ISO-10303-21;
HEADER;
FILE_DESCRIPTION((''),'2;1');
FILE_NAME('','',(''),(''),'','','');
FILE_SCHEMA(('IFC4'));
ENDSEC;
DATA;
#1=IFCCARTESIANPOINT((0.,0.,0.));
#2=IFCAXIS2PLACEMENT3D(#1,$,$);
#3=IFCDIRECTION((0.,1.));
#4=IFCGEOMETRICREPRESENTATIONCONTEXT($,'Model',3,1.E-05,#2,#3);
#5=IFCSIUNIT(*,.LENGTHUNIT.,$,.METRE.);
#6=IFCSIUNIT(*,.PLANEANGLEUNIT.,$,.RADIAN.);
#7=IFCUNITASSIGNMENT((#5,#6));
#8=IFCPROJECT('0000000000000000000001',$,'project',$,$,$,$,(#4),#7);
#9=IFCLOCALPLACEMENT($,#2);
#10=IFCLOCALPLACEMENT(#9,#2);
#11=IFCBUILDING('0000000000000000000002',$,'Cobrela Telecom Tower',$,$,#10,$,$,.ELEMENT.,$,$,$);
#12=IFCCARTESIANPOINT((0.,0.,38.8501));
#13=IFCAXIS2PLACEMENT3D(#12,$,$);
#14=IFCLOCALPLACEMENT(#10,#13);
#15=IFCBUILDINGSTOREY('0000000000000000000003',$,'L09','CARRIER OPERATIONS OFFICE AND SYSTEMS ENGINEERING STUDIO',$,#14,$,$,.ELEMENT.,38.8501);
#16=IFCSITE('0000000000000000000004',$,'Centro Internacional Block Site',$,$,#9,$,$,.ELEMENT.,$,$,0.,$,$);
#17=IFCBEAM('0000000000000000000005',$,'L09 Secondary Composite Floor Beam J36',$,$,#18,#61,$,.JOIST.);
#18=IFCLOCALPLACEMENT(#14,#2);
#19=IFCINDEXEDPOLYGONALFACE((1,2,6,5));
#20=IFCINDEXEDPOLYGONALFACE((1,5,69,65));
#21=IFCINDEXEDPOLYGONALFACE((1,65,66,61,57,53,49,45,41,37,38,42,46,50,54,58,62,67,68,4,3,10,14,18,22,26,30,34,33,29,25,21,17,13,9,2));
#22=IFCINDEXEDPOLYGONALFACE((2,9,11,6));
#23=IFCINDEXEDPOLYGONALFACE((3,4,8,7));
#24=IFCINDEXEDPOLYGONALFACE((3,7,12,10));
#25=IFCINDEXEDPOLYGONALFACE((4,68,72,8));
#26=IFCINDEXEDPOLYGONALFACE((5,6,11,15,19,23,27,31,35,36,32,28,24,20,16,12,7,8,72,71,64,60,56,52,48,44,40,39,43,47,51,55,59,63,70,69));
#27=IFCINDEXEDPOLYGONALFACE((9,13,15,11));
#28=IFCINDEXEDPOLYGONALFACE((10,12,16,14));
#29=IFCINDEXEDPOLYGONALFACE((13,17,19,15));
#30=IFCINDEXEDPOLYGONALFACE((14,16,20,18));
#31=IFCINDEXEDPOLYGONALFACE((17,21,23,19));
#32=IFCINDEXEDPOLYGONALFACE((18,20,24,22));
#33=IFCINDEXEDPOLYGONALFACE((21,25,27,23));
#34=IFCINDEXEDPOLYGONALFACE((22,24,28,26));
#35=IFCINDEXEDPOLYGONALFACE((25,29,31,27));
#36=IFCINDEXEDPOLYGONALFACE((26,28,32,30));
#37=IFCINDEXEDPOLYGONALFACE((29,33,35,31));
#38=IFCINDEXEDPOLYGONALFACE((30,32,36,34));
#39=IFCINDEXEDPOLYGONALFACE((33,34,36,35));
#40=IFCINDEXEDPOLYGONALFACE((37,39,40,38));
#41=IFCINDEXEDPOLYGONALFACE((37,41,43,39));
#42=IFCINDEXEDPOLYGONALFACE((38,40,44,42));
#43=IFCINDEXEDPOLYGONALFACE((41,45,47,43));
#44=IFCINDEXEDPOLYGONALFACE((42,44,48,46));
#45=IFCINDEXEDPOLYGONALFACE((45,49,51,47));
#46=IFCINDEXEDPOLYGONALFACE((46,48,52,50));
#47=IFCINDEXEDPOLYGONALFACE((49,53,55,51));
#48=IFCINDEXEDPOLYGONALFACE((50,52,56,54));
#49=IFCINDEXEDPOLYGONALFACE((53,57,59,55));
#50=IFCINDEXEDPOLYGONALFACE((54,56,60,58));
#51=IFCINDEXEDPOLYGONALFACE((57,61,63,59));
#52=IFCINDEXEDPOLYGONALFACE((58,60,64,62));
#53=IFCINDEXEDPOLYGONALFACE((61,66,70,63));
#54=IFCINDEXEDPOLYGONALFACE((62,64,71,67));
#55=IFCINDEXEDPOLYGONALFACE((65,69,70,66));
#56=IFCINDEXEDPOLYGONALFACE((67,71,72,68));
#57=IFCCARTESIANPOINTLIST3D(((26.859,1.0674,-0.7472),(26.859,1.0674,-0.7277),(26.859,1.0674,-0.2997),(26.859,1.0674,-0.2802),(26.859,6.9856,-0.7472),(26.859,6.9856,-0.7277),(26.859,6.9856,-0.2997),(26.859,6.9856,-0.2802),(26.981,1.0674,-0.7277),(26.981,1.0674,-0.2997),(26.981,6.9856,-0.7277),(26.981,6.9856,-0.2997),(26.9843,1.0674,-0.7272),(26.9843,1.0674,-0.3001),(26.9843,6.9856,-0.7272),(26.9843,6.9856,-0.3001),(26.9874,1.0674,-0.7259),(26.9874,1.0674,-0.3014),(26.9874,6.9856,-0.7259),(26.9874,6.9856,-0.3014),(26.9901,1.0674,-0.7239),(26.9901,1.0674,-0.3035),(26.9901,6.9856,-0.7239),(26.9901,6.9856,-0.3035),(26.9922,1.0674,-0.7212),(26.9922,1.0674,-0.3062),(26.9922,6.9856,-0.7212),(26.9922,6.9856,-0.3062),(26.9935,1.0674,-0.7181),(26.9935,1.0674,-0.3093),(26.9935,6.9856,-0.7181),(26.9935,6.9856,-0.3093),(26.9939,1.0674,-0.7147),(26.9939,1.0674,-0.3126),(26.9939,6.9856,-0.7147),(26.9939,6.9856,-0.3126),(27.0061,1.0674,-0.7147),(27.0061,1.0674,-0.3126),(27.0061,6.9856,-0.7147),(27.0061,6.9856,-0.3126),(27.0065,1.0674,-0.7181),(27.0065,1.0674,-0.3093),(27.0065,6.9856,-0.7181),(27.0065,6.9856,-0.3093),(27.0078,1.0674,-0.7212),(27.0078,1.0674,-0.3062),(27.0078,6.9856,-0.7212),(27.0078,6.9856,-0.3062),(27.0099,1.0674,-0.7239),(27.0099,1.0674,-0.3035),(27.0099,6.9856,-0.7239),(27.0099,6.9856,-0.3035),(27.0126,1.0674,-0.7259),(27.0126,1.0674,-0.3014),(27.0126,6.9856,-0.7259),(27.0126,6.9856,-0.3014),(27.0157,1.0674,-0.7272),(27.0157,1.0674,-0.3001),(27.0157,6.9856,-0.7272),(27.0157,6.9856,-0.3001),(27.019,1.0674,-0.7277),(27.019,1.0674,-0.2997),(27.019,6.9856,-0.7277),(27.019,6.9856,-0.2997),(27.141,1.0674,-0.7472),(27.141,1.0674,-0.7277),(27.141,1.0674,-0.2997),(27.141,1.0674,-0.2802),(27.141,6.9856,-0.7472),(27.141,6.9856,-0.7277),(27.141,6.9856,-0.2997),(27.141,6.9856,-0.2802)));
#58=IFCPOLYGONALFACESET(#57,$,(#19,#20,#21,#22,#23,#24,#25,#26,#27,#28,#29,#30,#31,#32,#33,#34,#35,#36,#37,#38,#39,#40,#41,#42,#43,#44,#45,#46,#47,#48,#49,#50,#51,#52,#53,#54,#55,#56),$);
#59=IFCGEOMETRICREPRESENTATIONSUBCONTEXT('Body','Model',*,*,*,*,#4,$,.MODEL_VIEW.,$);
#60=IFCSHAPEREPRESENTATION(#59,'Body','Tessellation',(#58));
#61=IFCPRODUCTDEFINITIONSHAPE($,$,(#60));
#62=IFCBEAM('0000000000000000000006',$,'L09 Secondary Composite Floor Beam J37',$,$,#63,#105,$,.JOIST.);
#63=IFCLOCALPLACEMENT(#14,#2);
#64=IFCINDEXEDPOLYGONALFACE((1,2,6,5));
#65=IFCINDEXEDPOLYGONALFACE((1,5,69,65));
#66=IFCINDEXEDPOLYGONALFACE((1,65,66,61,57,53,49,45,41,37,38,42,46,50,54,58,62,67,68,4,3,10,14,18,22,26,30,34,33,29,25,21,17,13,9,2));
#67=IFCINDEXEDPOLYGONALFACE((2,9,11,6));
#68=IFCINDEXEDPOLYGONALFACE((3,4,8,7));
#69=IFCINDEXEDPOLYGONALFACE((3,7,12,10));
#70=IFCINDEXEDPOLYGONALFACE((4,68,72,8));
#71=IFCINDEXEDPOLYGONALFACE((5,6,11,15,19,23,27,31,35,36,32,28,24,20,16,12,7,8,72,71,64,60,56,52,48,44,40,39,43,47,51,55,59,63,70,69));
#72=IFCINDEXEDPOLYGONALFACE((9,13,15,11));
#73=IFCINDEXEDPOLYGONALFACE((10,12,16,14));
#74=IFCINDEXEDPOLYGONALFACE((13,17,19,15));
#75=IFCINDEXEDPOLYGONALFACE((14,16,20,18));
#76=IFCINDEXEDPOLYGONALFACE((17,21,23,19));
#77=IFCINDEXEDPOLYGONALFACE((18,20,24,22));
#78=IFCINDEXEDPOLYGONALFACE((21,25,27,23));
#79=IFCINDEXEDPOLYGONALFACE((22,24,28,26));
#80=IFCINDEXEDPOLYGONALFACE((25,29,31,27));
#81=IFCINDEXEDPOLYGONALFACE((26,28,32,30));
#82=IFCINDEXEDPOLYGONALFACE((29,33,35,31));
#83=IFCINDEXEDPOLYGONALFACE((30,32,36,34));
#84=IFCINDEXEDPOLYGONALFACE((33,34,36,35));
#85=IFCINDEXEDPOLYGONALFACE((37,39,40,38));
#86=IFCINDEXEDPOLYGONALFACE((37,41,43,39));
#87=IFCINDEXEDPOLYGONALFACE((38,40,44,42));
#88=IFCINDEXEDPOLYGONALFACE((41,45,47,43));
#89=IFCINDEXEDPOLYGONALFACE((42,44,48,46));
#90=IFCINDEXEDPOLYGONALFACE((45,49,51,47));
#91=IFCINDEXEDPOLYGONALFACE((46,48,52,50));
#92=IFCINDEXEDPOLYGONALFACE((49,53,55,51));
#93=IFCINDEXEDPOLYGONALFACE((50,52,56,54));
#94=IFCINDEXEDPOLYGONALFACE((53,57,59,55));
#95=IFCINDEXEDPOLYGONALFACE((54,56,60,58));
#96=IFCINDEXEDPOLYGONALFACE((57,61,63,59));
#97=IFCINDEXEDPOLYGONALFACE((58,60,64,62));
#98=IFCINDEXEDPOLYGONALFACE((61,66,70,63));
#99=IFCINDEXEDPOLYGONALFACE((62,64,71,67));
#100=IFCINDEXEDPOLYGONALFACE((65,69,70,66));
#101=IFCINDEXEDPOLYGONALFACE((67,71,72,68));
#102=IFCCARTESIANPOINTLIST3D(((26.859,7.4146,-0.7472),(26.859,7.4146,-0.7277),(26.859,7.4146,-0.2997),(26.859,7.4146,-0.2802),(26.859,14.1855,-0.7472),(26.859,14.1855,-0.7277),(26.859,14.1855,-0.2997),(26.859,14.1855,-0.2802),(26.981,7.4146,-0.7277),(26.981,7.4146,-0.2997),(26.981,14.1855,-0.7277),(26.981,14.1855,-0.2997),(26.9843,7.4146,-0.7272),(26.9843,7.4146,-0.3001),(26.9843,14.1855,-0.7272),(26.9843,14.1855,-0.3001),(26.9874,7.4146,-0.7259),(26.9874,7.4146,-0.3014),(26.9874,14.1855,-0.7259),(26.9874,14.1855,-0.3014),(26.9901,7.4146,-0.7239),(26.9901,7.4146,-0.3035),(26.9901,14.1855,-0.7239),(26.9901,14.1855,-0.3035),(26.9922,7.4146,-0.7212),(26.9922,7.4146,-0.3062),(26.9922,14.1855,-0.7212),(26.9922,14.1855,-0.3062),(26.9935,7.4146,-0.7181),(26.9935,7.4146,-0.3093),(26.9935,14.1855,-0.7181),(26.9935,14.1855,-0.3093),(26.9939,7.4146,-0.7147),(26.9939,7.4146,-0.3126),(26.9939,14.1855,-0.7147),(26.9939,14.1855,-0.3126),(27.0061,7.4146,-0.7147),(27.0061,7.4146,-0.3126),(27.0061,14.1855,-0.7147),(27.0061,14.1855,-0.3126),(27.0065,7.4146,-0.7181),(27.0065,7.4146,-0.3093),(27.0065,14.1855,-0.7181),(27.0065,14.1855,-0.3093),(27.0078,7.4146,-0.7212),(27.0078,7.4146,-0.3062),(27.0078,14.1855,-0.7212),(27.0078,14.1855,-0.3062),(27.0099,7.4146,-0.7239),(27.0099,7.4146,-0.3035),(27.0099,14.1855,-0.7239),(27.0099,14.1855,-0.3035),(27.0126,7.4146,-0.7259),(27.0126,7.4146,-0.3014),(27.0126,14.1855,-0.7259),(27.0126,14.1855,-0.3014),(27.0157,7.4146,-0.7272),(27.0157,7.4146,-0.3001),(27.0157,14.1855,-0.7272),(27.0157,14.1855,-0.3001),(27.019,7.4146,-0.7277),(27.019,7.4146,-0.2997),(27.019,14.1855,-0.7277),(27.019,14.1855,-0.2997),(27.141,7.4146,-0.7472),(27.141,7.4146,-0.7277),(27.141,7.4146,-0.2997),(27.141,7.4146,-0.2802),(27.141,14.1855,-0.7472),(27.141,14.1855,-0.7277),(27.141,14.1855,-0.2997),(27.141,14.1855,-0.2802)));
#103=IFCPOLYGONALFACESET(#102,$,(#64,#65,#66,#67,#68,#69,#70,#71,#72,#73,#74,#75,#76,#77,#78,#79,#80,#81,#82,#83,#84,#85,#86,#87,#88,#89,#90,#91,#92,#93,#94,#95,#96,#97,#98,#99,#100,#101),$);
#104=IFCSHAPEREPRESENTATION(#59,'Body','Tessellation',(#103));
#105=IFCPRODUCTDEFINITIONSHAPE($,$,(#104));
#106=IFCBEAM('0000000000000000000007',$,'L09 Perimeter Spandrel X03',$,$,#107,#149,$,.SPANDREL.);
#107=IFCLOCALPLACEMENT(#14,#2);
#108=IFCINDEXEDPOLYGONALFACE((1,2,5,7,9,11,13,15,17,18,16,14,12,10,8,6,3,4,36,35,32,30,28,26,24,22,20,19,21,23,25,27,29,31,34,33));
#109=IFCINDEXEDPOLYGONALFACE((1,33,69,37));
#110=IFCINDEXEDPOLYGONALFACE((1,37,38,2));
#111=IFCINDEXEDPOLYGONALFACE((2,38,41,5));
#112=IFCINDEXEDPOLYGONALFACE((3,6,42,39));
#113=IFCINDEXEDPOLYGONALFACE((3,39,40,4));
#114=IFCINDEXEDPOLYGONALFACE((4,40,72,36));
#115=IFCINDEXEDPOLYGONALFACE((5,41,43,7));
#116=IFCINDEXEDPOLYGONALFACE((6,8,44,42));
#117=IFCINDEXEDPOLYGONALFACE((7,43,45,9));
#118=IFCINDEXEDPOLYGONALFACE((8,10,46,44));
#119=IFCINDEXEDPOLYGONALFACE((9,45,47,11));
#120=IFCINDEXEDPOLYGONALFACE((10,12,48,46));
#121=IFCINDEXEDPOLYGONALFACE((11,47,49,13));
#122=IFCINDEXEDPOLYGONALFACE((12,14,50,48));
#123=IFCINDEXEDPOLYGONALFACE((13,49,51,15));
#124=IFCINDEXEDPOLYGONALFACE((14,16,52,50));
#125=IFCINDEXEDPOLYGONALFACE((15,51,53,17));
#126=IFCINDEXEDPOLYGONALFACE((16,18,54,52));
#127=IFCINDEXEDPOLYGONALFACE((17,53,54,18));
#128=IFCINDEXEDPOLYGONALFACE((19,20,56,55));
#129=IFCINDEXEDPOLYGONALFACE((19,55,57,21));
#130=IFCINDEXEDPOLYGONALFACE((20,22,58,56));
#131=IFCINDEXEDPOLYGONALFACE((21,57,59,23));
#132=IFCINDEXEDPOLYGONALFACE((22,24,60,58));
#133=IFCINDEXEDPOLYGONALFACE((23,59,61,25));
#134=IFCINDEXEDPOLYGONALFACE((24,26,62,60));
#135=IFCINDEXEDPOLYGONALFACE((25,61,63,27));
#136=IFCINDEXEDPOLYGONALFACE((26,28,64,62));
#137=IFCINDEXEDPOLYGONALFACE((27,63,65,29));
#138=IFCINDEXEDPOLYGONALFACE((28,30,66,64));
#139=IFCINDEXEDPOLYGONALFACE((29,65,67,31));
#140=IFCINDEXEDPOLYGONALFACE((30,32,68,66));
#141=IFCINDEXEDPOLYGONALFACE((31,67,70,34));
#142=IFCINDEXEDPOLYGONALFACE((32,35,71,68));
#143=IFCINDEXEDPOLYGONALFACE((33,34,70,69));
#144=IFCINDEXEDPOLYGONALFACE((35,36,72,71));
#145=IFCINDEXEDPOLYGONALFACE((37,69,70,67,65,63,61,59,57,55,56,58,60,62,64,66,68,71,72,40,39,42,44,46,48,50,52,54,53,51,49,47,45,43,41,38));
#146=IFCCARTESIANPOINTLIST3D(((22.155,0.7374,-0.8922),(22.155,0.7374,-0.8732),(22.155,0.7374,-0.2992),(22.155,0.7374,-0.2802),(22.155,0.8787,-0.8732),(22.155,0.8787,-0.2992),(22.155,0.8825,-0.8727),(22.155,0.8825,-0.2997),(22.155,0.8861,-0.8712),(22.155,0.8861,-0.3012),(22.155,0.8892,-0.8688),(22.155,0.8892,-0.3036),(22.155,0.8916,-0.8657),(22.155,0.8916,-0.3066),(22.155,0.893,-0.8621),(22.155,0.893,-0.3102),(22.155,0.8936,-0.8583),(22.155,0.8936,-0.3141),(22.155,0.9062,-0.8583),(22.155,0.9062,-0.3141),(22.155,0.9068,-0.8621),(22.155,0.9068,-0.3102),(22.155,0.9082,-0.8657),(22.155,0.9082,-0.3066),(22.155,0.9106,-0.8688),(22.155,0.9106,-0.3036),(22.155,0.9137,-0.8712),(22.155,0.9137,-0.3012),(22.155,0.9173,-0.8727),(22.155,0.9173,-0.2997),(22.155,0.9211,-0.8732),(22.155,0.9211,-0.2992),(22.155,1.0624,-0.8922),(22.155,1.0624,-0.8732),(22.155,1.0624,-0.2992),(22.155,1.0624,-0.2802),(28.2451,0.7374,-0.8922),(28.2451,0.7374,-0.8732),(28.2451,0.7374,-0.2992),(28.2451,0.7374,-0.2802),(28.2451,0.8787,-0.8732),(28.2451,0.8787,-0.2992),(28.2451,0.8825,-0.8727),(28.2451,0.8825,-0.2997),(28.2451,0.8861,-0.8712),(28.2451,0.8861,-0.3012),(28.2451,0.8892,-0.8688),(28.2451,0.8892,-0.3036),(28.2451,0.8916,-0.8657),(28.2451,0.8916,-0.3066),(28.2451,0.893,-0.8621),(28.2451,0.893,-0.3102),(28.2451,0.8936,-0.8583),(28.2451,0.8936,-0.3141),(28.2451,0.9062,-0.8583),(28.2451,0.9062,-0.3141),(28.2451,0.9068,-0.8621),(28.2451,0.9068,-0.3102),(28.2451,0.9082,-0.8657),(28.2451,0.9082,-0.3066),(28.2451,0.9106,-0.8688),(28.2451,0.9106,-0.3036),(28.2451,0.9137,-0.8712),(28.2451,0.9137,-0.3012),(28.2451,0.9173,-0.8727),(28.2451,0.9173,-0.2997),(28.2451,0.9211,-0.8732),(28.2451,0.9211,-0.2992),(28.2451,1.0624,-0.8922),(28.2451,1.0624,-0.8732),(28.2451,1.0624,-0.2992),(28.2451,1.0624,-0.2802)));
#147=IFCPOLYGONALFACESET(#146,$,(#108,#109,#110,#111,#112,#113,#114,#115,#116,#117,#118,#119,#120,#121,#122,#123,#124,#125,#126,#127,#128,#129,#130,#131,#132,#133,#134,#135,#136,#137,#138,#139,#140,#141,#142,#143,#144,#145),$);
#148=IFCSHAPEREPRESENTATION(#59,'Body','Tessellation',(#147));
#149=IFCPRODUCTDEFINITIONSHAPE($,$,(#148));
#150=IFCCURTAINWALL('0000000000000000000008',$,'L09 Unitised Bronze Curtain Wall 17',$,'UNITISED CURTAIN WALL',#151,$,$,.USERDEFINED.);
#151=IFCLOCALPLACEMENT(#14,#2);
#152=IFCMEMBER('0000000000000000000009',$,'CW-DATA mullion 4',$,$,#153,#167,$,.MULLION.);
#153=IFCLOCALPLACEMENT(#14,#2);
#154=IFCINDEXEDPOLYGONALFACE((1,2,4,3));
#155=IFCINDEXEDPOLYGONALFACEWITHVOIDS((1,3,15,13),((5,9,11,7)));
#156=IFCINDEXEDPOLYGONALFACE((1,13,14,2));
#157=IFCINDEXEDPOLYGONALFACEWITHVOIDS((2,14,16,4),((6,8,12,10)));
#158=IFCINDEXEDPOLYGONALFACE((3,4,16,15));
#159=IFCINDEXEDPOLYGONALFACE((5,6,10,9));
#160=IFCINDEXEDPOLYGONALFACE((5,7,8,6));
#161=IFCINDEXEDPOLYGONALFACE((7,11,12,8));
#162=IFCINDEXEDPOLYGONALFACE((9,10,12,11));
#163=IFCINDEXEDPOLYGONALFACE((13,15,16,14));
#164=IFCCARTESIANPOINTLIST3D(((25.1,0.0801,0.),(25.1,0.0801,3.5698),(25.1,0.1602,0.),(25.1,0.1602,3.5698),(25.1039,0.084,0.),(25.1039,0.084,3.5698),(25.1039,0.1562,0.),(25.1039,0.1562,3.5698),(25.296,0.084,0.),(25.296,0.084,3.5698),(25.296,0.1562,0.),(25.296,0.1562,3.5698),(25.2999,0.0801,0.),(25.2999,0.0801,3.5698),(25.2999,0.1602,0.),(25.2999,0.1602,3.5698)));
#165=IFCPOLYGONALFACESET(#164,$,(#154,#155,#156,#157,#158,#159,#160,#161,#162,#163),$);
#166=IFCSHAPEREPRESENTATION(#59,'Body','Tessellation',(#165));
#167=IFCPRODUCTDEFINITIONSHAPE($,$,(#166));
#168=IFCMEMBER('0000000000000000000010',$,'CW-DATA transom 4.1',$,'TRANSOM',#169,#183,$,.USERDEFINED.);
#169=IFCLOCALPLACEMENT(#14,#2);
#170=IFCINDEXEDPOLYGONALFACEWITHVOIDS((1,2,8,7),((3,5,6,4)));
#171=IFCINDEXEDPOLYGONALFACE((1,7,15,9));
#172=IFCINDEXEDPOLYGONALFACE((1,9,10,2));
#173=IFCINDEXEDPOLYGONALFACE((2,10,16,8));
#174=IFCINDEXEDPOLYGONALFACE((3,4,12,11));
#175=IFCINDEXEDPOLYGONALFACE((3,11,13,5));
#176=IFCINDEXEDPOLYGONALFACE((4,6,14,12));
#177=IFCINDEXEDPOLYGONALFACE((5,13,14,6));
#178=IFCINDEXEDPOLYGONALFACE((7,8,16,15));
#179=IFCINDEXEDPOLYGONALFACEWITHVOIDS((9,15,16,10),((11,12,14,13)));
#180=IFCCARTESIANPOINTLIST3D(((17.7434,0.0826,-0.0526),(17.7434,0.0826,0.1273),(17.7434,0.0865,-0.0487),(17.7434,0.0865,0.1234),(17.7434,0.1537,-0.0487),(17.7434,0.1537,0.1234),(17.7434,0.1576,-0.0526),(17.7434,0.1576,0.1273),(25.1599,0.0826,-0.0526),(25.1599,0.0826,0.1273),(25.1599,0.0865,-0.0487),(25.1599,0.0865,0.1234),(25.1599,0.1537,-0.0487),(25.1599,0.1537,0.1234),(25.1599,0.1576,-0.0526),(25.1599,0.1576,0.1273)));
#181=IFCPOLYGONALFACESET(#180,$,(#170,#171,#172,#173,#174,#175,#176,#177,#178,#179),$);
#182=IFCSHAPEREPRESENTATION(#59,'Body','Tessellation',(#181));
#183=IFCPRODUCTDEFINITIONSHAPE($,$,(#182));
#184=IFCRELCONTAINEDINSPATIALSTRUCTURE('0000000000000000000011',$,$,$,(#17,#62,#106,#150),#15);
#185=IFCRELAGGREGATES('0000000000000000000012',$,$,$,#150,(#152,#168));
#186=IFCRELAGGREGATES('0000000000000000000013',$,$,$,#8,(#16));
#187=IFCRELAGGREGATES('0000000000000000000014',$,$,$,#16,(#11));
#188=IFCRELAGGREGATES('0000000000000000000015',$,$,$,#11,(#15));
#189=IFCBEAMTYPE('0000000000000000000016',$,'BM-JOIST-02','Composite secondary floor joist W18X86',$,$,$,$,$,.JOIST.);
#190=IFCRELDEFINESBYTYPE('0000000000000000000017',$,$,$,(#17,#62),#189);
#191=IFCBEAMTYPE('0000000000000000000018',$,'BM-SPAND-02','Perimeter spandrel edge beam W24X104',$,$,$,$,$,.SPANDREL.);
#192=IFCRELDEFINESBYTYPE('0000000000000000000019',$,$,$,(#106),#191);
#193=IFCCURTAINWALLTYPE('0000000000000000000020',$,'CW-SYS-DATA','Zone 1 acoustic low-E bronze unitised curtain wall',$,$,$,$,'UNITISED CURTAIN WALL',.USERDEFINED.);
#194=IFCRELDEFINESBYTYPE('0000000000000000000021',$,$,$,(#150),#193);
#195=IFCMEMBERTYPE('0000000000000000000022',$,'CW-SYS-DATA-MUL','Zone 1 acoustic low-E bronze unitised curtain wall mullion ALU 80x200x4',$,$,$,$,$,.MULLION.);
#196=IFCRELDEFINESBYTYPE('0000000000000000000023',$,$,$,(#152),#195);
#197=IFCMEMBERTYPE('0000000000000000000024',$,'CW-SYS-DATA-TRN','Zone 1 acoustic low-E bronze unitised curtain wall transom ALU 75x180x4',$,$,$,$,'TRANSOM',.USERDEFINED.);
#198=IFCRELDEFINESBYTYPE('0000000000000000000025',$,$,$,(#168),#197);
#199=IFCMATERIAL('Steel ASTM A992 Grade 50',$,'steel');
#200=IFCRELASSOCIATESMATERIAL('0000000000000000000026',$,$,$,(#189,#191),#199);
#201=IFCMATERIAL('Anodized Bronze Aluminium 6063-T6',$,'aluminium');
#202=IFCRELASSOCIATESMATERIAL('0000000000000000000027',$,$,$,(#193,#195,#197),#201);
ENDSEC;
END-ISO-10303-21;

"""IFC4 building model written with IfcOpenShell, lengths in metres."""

from ifc_helpers import new_model, si_unit, direction, frame, origin, origin_2d, place, context, subcontext, project, spatial, hollow_rectangle, i_section, extrude, material, material_profile, profile_set, type_object, element, aggregate, save


model = new_model("IFC4")

# Units and contexts
model_context = context("Model", 3, precision=1e-05, world=origin(), true_north=direction((0.0, 1.0)))
body_context = subcontext(model_context, "Body", "Model", "MODEL_VIEW")
ifc_project = project(units=[si_unit("LENGTHUNIT", "METRE"), si_unit("PLANEANGLEUNIT", "RADIAN")], contexts=[model_context])

# Site, building, storey
site_placement = place(None, origin())
site = spatial("IfcSite", under=ifc_project, at=site_placement, Name="Centro Internacional Block Site", CompositionType="ELEMENT", RefElevation=0.0)
building_placement = place(site_placement, origin())
building = spatial("IfcBuilding", under=site, at=building_placement, Name="Cobrela Telecom Tower", CompositionType="ELEMENT")
storey_placement = place(building_placement, frame((0.0, 0.0, 38.8501)))
storey = spatial("IfcBuildingStorey", under=building, at=storey_placement, Name="L09", Description="CARRIER OPERATIONS OFFICE AND SYSTEMS ENGINEERING STUDIO", CompositionType="ELEMENT", Elevation=38.8501)

# Shared definitions
ifc_material_1 = material(Name="Steel ASTM A992 Grade 50", Category="steel")

# Beams
ifc_material_profile_1 = material_profile(ifc_material_1, i_section(OverallWidth=0.282, OverallDepth=0.467, WebThickness=0.0122, FlangeThickness=0.0195, FilletRadius=0.0129, at=origin_2d()), Name="W18X86")
ifc_profile_set_1 = profile_set([ifc_material_profile_1], Name="Steel ASTM A992 Grade 50")
beam_type_1 = type_object("IfcBeamType", Name="BM-JOIST-02", Description="Composite secondary floor joist W18X86", PredefinedType="JOIST", material=ifc_profile_set_1)
beam_1_placement = place(storey_placement, frame((27.0, 1.0674, -0.5137), z_axis=(0.0, 1.0, 0.0), x_axis=(-1.0, 0.0, 0.0)))
element("IfcBeam", 1, at=beam_1_placement, inside=storey, type_object=beam_type_1, Name="L09 Secondary Composite Floor Beam J36", PredefinedType="JOIST", context=body_context, shape_type="SweptSolid", body=[
    extrude(i_section(OverallWidth=0.282, OverallDepth=0.467, WebThickness=0.0122, FlangeThickness=0.0195, FilletRadius=0.0129, at=origin_2d()), origin(), (0.0, 0.0, 1.0), 5.9182),
])
beam_2_placement = place(storey_placement, frame((27.0, 7.4146, -0.5137), z_axis=(0.0, 1.0, 0.0), x_axis=(-1.0, 0.0, 0.0)))
element("IfcBeam", 2, at=beam_2_placement, inside=storey, type_object=beam_type_1, Name="L09 Secondary Composite Floor Beam J37", PredefinedType="JOIST", context=body_context, shape_type="SweptSolid", body=[
    extrude(i_section(OverallWidth=0.282, OverallDepth=0.467, WebThickness=0.0122, FlangeThickness=0.0195, FilletRadius=0.0129, at=origin_2d()), origin(), (0.0, 0.0, 1.0), 6.771),
])
ifc_material_profile_2 = material_profile(ifc_material_1, i_section(OverallWidth=0.325, OverallDepth=0.6121, WebThickness=0.0127, FlangeThickness=0.019, FilletRadius=0.0149, at=origin_2d()), Name="W24X104")
ifc_profile_set_2 = profile_set([ifc_material_profile_2], Name="Steel ASTM A992 Grade 50")
beam_type_2 = type_object("IfcBeamType", Name="BM-SPAND-02", Description="Perimeter spandrel edge beam W24X104", PredefinedType="SPANDREL", material=ifc_profile_set_2)
beam_3_placement = place(storey_placement, frame((22.155, 0.8999, -0.5862), z_axis=(1.0, 0.0, 0.0), x_axis=(0.0, 1.0, 0.0)))
element("IfcBeam", 3, at=beam_3_placement, inside=storey, type_object=beam_type_2, Name="L09 Perimeter Spandrel X03", PredefinedType="SPANDREL", context=body_context, shape_type="SweptSolid", body=[
    extrude(i_section(OverallWidth=0.325, OverallDepth=0.6121, WebThickness=0.0127, FlangeThickness=0.019, FilletRadius=0.0149, at=origin_2d()), origin(), (0.0, 0.0, 1.0), 6.0901),
])

# Curtain wall, members
ifc_material_2 = material(Name="Anodized Bronze Aluminium 6063-T6", Category="aluminium")
curtain_wall_type = type_object("IfcCurtainWallType", Name="CW-SYS-DATA", Description="Zone 1 acoustic low-E bronze unitised curtain wall", ElementType="UNITISED CURTAIN WALL", PredefinedType="USERDEFINED", material=ifc_material_2)
curtain_wall_placement = place(storey_placement, origin())
curtain_wall = element("IfcCurtainWall", 4, at=curtain_wall_placement, inside=storey, type_object=curtain_wall_type, Name="L09 Unitised Bronze Curtain Wall 17", ObjectType="UNITISED CURTAIN WALL", PredefinedType="USERDEFINED")
ifc_material_profile_3 = material_profile(ifc_material_2, hollow_rectangle(XDim=0.0801, YDim=0.2, WallThickness=0.0039, at=origin_2d()), Name="ALU 80x200x4")
ifc_profile_set_3 = profile_set([ifc_material_profile_3], Name="Anodized Bronze Aluminium 6063-T6")
member_type_1 = type_object("IfcMemberType", Name="CW-SYS-DATA-MUL", Description="Zone 1 acoustic low-E bronze unitised curtain wall mullion ALU 80x200x4", PredefinedType="MULLION", material=ifc_profile_set_3)
member_1_placement = place(storey_placement, frame((25.2, 0.1201, 0.0), z_axis=(0.0, 0.0, 1.0), x_axis=(0.0, -1.0, 0.0)))
member_1 = element("IfcMember", 5, at=member_1_placement, type_object=member_type_1, Name="CW-DATA mullion 4", PredefinedType="MULLION", context=body_context, shape_type="SweptSolid", body=[
    extrude(hollow_rectangle(XDim=0.0801, YDim=0.2, WallThickness=0.0039, at=origin_2d()), origin(), (0.0, 0.0, 1.0), 3.5698),
])
ifc_material_profile_4 = material_profile(ifc_material_2, hollow_rectangle(XDim=0.075, YDim=0.1799, WallThickness=0.0039, at=origin_2d()), Name="ALU 75x180x4")
ifc_profile_set_4 = profile_set([ifc_material_profile_4], Name="Anodized Bronze Aluminium 6063-T6")
member_type_2 = type_object("IfcMemberType", Name="CW-SYS-DATA-TRN", Description="Zone 1 acoustic low-E bronze unitised curtain wall transom ALU 75x180x4", ElementType="TRANSOM", PredefinedType="USERDEFINED", material=ifc_profile_set_4)
member_2_placement = place(storey_placement, frame((25.1599, 0.1201, 0.0374), z_axis=(-1.0, 0.0, 0.0), x_axis=(0.0, -1.0, 0.0)))
member_2 = element("IfcMember", 6, at=member_2_placement, type_object=member_type_2, Name="CW-DATA transom 4.1", ObjectType="TRANSOM", PredefinedType="USERDEFINED", context=body_context, shape_type="SweptSolid", body=[
    extrude(hollow_rectangle(XDim=0.075, YDim=0.1799, WallThickness=0.0039, at=origin_2d()), origin(), (0.0, 0.0, 1.0), 7.4165),
])
aggregate(curtain_wall, [member_1, member_2])

save(model, "model.ifc")
